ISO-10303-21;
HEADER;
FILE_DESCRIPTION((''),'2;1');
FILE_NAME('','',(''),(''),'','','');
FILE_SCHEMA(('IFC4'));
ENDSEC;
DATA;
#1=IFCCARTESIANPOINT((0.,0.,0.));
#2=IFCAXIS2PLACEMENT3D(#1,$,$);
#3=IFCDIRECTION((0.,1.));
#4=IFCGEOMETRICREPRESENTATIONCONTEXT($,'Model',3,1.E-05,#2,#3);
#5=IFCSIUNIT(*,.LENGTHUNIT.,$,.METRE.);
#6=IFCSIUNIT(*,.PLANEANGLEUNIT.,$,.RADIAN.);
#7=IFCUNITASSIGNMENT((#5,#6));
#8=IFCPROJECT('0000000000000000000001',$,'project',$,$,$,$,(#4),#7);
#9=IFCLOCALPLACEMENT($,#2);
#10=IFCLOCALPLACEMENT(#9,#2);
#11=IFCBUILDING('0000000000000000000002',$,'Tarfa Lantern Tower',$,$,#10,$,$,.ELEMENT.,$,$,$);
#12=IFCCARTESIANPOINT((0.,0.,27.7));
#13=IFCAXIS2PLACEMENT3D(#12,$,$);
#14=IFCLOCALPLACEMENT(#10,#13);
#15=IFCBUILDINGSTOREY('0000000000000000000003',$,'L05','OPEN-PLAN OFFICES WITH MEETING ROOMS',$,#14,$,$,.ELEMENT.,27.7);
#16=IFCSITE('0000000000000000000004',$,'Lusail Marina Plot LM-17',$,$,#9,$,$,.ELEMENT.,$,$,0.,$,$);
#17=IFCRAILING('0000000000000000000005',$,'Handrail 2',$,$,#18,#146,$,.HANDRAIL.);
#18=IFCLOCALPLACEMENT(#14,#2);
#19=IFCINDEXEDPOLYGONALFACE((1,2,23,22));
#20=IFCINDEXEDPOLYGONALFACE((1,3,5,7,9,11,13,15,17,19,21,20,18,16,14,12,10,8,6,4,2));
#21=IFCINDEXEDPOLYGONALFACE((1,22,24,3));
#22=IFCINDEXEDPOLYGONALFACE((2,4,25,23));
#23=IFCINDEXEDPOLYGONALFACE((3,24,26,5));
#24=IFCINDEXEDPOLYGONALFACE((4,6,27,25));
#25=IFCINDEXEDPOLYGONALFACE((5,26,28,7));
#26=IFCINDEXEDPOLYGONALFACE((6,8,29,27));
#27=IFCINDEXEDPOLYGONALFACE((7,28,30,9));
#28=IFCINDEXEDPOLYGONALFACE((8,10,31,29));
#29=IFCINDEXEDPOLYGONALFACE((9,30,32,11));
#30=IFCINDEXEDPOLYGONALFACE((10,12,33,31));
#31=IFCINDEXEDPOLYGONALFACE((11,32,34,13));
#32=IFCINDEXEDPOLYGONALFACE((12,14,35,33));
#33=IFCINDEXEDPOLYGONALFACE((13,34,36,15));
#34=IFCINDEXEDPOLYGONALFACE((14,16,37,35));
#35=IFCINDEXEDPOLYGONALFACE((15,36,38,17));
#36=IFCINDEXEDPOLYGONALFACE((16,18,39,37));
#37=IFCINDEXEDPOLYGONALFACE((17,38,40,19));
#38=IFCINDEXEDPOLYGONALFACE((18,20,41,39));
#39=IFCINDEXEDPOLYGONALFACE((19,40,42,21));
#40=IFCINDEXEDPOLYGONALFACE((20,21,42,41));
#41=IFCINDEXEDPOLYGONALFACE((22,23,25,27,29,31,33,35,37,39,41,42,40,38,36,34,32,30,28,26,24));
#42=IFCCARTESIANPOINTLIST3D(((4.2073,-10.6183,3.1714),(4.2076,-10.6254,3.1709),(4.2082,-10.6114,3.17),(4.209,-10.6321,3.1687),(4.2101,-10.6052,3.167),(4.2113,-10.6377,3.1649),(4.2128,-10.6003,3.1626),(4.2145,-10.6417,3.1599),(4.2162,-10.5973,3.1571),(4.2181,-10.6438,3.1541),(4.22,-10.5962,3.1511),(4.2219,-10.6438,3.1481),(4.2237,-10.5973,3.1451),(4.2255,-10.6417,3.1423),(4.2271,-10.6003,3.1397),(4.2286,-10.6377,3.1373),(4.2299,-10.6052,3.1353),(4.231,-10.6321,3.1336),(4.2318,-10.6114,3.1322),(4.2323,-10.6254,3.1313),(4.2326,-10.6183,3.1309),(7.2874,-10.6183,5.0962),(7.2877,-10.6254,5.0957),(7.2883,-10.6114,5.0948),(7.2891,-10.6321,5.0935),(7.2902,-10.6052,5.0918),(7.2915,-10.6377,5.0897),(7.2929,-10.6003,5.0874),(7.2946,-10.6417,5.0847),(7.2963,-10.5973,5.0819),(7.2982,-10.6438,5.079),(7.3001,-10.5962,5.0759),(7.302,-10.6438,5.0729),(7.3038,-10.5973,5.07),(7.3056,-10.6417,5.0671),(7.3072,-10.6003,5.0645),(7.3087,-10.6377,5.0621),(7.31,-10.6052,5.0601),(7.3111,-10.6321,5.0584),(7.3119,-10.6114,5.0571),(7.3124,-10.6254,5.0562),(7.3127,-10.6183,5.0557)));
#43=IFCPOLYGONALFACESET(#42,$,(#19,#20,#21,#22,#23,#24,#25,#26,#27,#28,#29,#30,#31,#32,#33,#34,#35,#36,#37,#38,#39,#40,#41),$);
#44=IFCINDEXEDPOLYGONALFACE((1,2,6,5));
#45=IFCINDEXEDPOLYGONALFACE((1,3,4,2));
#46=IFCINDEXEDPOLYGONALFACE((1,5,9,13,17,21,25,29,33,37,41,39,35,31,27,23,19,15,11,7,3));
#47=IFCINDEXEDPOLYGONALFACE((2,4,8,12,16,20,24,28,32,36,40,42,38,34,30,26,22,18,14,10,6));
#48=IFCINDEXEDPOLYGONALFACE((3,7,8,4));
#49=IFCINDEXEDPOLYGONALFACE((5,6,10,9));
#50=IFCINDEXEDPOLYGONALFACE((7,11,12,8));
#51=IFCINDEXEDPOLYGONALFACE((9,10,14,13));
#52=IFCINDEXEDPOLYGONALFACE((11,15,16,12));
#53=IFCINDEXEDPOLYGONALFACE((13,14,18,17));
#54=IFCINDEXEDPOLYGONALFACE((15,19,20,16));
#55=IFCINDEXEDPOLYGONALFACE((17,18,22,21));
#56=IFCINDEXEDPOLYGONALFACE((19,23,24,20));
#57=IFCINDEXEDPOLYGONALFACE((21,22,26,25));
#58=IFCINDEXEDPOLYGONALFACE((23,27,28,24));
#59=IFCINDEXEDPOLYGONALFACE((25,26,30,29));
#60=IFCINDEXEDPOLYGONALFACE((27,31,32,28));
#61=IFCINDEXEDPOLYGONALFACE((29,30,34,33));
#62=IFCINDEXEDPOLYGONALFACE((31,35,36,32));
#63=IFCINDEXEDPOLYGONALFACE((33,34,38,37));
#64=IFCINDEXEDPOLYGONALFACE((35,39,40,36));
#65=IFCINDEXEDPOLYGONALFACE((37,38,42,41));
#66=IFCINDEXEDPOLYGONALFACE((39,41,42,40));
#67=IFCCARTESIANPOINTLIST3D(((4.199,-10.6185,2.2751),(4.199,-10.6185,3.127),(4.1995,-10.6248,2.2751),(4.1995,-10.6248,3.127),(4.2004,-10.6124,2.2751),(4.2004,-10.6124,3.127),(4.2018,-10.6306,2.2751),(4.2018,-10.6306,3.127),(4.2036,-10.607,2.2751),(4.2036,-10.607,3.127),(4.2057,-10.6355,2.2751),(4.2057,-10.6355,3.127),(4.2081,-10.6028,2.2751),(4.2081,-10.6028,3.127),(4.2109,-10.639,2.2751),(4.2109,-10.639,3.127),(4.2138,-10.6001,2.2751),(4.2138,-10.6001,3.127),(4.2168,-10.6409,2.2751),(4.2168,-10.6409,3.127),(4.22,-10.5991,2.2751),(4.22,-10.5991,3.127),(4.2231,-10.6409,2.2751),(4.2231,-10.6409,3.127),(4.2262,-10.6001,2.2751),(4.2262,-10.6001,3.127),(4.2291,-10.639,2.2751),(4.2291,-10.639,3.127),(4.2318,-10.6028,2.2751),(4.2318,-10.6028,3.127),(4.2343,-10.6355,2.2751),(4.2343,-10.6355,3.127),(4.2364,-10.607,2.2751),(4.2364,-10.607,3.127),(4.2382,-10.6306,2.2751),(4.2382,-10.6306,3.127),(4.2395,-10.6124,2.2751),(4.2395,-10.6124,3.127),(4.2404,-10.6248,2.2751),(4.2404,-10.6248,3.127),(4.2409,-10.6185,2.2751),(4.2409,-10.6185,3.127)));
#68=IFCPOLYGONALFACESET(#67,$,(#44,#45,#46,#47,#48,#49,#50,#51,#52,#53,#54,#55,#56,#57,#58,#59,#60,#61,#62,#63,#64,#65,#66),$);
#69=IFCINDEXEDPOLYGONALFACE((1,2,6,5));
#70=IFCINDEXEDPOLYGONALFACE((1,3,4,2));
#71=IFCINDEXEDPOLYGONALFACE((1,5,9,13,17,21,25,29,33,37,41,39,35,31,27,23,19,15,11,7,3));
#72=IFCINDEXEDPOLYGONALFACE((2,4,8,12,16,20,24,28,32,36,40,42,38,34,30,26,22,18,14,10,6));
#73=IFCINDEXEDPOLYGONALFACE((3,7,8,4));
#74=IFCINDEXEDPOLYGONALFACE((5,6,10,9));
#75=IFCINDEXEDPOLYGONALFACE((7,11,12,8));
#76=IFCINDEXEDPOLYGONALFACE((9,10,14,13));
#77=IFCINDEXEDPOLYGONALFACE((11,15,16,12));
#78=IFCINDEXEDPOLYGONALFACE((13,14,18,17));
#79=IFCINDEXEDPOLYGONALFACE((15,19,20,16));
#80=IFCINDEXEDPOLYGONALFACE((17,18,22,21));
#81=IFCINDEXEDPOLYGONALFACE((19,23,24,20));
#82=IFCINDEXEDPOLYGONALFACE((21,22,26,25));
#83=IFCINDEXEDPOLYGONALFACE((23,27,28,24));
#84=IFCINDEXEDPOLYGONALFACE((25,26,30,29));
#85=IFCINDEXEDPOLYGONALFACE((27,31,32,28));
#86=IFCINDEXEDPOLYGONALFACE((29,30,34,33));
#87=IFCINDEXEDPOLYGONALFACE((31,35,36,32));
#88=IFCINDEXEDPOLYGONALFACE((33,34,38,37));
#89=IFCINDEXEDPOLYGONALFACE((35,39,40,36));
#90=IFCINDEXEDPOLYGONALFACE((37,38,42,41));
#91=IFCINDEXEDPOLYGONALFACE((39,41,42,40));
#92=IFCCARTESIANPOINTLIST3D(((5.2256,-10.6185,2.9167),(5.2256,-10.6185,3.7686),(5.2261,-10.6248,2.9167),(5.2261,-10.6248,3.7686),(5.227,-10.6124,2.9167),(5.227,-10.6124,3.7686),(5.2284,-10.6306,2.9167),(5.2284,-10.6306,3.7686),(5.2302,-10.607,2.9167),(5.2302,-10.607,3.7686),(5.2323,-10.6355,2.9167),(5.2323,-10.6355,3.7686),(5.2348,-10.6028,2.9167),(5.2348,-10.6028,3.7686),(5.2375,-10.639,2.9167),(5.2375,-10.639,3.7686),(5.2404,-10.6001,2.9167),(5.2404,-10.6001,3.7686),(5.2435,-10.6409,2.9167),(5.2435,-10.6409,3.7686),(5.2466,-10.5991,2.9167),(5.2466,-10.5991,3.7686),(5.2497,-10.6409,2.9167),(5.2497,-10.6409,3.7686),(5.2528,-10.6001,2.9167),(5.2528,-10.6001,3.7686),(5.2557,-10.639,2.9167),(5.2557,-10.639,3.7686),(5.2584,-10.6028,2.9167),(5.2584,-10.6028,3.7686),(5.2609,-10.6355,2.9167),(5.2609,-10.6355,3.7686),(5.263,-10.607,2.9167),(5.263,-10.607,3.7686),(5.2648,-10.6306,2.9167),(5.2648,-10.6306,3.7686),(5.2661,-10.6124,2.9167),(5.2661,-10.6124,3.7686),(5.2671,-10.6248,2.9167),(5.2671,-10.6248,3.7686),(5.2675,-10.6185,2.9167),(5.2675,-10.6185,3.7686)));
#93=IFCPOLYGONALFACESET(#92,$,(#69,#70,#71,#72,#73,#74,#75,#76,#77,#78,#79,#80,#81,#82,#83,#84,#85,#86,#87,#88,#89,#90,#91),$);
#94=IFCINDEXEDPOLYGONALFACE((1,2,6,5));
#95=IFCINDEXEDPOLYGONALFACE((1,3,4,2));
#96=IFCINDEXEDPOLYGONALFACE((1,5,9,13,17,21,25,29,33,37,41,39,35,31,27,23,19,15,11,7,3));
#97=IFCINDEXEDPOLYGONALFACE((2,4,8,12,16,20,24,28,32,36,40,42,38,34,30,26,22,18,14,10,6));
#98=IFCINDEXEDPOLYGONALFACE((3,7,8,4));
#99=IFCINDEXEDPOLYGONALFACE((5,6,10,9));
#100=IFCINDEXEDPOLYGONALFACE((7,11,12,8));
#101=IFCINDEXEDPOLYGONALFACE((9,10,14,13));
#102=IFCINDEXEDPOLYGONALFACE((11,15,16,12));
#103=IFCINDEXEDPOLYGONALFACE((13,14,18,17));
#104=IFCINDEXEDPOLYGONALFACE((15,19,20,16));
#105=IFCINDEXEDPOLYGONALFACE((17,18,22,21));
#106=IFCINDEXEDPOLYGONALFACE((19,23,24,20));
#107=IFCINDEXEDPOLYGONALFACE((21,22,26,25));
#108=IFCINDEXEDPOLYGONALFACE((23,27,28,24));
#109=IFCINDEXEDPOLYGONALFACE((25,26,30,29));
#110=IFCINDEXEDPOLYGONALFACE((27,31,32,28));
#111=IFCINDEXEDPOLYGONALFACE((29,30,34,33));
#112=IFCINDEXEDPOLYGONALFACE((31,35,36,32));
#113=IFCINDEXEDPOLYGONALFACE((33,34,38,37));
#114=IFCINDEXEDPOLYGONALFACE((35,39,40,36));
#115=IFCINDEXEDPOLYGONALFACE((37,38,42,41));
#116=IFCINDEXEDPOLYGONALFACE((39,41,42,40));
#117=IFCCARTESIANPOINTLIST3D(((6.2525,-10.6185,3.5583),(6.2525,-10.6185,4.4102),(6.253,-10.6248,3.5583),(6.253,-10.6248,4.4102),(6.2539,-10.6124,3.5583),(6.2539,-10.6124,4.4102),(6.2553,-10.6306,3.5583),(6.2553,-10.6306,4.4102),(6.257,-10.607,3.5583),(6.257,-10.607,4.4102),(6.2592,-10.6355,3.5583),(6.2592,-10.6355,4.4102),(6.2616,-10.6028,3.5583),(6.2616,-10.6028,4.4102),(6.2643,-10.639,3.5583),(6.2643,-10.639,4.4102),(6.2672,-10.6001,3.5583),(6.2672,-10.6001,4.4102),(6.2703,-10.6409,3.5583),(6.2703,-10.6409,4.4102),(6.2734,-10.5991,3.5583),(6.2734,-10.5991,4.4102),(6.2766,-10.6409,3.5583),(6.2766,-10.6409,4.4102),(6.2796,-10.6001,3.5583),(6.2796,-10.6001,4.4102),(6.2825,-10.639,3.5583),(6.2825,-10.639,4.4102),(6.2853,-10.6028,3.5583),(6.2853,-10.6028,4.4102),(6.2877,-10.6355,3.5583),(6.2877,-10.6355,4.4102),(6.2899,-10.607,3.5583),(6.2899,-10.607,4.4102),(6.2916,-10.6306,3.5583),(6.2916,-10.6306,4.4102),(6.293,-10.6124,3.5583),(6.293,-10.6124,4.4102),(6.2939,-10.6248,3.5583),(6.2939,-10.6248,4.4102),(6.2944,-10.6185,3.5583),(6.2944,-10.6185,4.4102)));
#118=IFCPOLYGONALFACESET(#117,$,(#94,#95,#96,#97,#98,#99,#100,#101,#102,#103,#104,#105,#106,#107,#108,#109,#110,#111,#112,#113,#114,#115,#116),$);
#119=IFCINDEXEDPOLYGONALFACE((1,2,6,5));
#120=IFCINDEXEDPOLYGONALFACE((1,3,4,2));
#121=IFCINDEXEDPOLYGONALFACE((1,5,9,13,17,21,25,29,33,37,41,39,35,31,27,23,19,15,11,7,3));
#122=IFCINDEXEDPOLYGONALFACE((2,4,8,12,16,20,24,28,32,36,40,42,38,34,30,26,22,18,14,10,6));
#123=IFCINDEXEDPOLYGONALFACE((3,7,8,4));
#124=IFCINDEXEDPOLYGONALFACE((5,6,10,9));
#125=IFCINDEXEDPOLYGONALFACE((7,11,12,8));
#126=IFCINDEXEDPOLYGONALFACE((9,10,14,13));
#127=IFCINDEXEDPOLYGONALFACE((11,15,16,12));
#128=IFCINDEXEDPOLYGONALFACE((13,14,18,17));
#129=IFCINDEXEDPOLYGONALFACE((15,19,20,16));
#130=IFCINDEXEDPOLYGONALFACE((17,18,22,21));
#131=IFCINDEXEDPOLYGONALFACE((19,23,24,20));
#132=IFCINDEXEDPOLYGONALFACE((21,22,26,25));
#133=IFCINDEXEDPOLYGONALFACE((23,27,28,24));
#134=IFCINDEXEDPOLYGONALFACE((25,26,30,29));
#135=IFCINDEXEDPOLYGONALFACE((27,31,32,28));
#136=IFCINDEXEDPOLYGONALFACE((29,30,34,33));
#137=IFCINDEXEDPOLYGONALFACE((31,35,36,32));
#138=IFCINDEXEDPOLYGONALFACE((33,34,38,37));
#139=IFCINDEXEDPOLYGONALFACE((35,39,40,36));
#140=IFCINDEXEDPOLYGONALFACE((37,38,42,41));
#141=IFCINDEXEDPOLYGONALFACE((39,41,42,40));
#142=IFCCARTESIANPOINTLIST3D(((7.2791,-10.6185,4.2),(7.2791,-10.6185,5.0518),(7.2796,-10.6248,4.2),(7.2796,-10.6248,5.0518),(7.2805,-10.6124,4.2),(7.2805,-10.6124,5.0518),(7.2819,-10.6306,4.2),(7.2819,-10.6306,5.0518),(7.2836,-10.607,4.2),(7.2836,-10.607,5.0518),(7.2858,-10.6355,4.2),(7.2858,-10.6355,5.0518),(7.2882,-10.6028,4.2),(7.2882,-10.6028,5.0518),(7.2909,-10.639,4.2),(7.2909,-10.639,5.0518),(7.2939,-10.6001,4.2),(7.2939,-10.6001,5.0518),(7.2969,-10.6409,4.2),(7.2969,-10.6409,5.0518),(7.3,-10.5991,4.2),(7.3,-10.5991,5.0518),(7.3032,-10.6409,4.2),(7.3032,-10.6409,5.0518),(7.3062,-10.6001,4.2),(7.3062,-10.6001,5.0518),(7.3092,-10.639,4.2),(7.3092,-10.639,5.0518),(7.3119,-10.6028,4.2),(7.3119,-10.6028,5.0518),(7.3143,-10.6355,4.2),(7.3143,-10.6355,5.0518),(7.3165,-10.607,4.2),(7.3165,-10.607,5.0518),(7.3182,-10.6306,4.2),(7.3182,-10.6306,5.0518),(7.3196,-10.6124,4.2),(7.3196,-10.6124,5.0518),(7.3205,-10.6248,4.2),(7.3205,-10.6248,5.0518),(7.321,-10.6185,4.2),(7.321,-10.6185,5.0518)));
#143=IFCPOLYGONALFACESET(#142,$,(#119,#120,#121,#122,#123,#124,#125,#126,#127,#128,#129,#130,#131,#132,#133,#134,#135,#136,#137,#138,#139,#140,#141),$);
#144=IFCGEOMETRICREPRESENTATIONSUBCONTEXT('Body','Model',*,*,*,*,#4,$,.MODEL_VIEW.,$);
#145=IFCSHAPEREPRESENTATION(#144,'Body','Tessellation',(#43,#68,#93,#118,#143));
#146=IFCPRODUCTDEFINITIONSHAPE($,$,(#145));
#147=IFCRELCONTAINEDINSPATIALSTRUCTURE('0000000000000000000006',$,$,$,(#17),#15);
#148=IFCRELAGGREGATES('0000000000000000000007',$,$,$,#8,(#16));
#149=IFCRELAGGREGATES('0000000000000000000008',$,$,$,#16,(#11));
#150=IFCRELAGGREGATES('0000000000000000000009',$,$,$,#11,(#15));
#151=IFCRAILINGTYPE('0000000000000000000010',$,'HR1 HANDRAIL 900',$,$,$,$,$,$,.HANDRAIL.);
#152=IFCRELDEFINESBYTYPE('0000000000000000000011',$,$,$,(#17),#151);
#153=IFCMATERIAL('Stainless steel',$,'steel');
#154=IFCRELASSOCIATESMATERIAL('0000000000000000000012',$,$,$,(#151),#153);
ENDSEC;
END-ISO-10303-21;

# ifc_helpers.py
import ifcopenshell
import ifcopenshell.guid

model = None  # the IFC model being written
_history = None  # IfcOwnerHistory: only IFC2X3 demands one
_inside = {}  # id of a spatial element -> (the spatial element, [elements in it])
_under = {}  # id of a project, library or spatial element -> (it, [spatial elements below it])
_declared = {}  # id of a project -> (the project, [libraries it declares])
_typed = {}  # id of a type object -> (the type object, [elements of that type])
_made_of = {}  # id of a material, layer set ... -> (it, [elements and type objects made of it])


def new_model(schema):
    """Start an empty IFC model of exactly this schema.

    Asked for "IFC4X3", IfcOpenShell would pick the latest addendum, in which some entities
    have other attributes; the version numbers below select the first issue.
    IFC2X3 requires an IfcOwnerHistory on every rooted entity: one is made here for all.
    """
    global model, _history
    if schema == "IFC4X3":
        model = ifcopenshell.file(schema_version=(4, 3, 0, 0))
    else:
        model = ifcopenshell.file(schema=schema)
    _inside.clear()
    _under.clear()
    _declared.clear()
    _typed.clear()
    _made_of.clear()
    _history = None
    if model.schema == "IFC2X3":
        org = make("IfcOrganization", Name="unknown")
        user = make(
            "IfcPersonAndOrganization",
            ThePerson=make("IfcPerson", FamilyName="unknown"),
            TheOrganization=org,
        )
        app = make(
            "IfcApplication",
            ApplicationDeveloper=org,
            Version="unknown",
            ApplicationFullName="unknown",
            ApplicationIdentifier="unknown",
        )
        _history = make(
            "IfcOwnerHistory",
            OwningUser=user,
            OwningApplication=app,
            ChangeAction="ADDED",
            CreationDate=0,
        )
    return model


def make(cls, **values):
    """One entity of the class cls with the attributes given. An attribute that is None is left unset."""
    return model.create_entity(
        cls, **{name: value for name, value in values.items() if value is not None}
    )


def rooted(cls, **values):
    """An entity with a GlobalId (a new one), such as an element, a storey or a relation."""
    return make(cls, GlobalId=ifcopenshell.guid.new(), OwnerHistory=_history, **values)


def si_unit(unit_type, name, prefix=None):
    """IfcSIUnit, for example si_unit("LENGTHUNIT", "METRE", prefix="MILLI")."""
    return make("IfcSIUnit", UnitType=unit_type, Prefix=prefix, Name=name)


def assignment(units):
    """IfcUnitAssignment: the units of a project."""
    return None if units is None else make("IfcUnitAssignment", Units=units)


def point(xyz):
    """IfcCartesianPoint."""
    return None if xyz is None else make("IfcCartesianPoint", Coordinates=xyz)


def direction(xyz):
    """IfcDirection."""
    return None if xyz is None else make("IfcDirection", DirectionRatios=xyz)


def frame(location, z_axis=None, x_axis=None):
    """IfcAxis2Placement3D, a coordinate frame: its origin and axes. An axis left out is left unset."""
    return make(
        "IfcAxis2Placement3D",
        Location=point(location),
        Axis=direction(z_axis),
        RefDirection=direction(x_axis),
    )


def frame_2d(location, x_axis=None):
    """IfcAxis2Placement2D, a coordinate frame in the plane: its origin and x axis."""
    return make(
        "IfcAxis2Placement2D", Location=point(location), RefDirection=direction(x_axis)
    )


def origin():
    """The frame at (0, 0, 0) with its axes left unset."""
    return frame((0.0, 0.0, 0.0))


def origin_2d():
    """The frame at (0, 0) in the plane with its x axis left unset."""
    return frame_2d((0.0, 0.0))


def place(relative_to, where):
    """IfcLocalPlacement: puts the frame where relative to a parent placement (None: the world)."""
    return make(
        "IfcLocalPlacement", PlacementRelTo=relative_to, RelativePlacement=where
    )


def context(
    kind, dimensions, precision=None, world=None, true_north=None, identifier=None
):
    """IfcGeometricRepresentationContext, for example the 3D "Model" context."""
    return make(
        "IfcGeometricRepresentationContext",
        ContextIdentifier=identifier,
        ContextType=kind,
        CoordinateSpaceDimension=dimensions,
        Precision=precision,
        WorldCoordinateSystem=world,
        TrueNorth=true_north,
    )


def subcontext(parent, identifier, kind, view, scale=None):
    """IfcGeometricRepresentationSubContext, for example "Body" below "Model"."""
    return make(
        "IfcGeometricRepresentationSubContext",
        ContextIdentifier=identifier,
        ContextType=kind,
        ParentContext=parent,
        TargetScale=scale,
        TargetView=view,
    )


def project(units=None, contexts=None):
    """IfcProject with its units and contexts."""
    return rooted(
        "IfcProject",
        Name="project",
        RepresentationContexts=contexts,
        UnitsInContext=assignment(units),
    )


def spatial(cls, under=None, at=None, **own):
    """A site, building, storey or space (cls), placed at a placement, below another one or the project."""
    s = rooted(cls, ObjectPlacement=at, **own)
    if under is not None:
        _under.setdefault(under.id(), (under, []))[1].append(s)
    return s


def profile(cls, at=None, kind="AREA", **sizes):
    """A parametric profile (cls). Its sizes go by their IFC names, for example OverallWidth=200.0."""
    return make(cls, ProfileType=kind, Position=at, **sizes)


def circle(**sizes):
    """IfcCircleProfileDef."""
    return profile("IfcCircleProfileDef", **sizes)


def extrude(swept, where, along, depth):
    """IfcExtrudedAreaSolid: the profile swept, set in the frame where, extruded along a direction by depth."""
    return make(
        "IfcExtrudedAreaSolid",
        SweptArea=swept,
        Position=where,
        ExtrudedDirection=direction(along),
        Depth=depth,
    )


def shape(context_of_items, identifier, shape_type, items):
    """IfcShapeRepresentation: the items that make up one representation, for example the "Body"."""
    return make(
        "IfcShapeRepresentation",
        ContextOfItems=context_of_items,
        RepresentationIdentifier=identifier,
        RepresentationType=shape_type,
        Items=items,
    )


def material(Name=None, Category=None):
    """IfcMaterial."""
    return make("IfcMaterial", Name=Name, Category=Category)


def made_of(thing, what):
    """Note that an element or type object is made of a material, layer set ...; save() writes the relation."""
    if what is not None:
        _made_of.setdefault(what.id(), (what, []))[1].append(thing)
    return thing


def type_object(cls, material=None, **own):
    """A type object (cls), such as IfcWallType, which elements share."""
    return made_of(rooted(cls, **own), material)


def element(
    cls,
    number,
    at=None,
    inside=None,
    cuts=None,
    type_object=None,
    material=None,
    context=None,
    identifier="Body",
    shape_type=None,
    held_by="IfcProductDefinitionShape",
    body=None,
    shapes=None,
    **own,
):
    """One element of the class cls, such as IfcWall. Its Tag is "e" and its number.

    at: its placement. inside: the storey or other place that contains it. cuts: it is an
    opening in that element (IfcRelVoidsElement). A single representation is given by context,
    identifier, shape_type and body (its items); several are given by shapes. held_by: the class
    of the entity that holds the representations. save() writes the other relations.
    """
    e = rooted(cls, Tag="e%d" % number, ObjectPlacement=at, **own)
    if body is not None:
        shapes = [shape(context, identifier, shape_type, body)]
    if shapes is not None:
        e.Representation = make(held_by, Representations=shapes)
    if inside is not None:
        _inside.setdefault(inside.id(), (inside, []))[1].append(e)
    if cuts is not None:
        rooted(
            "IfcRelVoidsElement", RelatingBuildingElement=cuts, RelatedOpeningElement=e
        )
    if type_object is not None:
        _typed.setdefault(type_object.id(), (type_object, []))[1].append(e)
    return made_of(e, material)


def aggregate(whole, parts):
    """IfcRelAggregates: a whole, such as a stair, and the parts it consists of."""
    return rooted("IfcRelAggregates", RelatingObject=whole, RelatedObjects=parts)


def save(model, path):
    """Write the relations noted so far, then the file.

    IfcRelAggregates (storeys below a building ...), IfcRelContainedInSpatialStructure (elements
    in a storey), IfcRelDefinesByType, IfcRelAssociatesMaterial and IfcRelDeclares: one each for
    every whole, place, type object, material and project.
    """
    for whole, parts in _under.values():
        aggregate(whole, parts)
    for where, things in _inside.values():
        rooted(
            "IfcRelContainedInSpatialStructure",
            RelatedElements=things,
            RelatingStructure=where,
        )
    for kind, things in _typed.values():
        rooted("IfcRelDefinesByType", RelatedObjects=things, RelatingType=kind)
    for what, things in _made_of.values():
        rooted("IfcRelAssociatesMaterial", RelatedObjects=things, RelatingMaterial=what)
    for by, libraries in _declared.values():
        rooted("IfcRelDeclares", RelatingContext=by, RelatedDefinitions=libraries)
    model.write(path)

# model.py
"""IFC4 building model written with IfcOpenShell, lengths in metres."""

from ifc_helpers import new_model, si_unit, direction, frame, origin, origin_2d, place, context, subcontext, project, spatial, circle, extrude, material, type_object, element, save


model = new_model("IFC4")

# Units and contexts
model_context = context("Model", 3, precision=1e-05, world=origin(), true_north=direction((0.0, 1.0)))
body_context = subcontext(model_context, "Body", "Model", "MODEL_VIEW")
ifc_project = project(units=[si_unit("LENGTHUNIT", "METRE"), si_unit("PLANEANGLEUNIT", "RADIAN")], contexts=[model_context])

# Site, building, storey
site_placement = place(None, origin())
site = spatial("IfcSite", under=ifc_project, at=site_placement, Name="Lusail Marina Plot LM-17", CompositionType="ELEMENT", RefElevation=0.0)
building_placement = place(site_placement, origin())
building = spatial("IfcBuilding", under=site, at=building_placement, Name="Tarfa Lantern Tower", CompositionType="ELEMENT")
storey_placement = place(building_placement, frame((0.0, 0.0, 27.7)))
storey = spatial("IfcBuildingStorey", under=building, at=storey_placement, Name="L05", Description="OPEN-PLAN OFFICES WITH MEETING ROOMS", CompositionType="ELEMENT", Elevation=27.7)

# Railing
ifc_material_1 = material(Name="Stainless steel", Category="steel")
railing_type = type_object("IfcRailingType", Name="HR1 HANDRAIL 900", PredefinedType="HANDRAIL", material=ifc_material_1)
railing_1_placement = place(storey_placement, frame((4.22, -10.6201, 2.2751)))
element("IfcRailing", 1, at=railing_1_placement, inside=storey, type_object=railing_type, Name="Handrail 2", PredefinedType="HANDRAIL", context=body_context, shape_type="SweptSolid", body=[
    extrude(circle(Radius=0.0239, at=origin_2d()), frame((0.0, 0.0, 0.876), z_axis=(0.848029, 0.0, 0.529951), x_axis=(0.0, 1.0, 0.0)), (0.0, 0.0, 1.0), 3.6321),
    extrude(circle(Radius=0.021, at=origin_2d()), frame((0.0, 0.0, 0.0), z_axis=(0.0, 0.0, 1.0), x_axis=(0.0, 1.0, 0.0)), (0.0, 0.0, 1.0), 0.8518),
    extrude(circle(Radius=0.021, at=origin_2d()), frame((1.0266, 0.0, 0.6416), z_axis=(0.0, 0.0, 1.0), x_axis=(0.0, 1.0, 0.0)), (0.0, 0.0, 1.0), 0.8518),
    extrude(circle(Radius=0.021, at=origin_2d()), frame((2.0535, 0.0, 1.2832), z_axis=(0.0, 0.0, 1.0), x_axis=(0.0, 1.0, 0.0)), (0.0, 0.0, 1.0), 0.8518),
    extrude(circle(Radius=0.021, at=origin_2d()), frame((3.0801, 0.0, 1.9248), z_axis=(0.0, 0.0, 1.0), x_axis=(0.0, 1.0, 0.0)), (0.0, 0.0, 1.0), 0.8518),
])

save(model, "model.ifc")
